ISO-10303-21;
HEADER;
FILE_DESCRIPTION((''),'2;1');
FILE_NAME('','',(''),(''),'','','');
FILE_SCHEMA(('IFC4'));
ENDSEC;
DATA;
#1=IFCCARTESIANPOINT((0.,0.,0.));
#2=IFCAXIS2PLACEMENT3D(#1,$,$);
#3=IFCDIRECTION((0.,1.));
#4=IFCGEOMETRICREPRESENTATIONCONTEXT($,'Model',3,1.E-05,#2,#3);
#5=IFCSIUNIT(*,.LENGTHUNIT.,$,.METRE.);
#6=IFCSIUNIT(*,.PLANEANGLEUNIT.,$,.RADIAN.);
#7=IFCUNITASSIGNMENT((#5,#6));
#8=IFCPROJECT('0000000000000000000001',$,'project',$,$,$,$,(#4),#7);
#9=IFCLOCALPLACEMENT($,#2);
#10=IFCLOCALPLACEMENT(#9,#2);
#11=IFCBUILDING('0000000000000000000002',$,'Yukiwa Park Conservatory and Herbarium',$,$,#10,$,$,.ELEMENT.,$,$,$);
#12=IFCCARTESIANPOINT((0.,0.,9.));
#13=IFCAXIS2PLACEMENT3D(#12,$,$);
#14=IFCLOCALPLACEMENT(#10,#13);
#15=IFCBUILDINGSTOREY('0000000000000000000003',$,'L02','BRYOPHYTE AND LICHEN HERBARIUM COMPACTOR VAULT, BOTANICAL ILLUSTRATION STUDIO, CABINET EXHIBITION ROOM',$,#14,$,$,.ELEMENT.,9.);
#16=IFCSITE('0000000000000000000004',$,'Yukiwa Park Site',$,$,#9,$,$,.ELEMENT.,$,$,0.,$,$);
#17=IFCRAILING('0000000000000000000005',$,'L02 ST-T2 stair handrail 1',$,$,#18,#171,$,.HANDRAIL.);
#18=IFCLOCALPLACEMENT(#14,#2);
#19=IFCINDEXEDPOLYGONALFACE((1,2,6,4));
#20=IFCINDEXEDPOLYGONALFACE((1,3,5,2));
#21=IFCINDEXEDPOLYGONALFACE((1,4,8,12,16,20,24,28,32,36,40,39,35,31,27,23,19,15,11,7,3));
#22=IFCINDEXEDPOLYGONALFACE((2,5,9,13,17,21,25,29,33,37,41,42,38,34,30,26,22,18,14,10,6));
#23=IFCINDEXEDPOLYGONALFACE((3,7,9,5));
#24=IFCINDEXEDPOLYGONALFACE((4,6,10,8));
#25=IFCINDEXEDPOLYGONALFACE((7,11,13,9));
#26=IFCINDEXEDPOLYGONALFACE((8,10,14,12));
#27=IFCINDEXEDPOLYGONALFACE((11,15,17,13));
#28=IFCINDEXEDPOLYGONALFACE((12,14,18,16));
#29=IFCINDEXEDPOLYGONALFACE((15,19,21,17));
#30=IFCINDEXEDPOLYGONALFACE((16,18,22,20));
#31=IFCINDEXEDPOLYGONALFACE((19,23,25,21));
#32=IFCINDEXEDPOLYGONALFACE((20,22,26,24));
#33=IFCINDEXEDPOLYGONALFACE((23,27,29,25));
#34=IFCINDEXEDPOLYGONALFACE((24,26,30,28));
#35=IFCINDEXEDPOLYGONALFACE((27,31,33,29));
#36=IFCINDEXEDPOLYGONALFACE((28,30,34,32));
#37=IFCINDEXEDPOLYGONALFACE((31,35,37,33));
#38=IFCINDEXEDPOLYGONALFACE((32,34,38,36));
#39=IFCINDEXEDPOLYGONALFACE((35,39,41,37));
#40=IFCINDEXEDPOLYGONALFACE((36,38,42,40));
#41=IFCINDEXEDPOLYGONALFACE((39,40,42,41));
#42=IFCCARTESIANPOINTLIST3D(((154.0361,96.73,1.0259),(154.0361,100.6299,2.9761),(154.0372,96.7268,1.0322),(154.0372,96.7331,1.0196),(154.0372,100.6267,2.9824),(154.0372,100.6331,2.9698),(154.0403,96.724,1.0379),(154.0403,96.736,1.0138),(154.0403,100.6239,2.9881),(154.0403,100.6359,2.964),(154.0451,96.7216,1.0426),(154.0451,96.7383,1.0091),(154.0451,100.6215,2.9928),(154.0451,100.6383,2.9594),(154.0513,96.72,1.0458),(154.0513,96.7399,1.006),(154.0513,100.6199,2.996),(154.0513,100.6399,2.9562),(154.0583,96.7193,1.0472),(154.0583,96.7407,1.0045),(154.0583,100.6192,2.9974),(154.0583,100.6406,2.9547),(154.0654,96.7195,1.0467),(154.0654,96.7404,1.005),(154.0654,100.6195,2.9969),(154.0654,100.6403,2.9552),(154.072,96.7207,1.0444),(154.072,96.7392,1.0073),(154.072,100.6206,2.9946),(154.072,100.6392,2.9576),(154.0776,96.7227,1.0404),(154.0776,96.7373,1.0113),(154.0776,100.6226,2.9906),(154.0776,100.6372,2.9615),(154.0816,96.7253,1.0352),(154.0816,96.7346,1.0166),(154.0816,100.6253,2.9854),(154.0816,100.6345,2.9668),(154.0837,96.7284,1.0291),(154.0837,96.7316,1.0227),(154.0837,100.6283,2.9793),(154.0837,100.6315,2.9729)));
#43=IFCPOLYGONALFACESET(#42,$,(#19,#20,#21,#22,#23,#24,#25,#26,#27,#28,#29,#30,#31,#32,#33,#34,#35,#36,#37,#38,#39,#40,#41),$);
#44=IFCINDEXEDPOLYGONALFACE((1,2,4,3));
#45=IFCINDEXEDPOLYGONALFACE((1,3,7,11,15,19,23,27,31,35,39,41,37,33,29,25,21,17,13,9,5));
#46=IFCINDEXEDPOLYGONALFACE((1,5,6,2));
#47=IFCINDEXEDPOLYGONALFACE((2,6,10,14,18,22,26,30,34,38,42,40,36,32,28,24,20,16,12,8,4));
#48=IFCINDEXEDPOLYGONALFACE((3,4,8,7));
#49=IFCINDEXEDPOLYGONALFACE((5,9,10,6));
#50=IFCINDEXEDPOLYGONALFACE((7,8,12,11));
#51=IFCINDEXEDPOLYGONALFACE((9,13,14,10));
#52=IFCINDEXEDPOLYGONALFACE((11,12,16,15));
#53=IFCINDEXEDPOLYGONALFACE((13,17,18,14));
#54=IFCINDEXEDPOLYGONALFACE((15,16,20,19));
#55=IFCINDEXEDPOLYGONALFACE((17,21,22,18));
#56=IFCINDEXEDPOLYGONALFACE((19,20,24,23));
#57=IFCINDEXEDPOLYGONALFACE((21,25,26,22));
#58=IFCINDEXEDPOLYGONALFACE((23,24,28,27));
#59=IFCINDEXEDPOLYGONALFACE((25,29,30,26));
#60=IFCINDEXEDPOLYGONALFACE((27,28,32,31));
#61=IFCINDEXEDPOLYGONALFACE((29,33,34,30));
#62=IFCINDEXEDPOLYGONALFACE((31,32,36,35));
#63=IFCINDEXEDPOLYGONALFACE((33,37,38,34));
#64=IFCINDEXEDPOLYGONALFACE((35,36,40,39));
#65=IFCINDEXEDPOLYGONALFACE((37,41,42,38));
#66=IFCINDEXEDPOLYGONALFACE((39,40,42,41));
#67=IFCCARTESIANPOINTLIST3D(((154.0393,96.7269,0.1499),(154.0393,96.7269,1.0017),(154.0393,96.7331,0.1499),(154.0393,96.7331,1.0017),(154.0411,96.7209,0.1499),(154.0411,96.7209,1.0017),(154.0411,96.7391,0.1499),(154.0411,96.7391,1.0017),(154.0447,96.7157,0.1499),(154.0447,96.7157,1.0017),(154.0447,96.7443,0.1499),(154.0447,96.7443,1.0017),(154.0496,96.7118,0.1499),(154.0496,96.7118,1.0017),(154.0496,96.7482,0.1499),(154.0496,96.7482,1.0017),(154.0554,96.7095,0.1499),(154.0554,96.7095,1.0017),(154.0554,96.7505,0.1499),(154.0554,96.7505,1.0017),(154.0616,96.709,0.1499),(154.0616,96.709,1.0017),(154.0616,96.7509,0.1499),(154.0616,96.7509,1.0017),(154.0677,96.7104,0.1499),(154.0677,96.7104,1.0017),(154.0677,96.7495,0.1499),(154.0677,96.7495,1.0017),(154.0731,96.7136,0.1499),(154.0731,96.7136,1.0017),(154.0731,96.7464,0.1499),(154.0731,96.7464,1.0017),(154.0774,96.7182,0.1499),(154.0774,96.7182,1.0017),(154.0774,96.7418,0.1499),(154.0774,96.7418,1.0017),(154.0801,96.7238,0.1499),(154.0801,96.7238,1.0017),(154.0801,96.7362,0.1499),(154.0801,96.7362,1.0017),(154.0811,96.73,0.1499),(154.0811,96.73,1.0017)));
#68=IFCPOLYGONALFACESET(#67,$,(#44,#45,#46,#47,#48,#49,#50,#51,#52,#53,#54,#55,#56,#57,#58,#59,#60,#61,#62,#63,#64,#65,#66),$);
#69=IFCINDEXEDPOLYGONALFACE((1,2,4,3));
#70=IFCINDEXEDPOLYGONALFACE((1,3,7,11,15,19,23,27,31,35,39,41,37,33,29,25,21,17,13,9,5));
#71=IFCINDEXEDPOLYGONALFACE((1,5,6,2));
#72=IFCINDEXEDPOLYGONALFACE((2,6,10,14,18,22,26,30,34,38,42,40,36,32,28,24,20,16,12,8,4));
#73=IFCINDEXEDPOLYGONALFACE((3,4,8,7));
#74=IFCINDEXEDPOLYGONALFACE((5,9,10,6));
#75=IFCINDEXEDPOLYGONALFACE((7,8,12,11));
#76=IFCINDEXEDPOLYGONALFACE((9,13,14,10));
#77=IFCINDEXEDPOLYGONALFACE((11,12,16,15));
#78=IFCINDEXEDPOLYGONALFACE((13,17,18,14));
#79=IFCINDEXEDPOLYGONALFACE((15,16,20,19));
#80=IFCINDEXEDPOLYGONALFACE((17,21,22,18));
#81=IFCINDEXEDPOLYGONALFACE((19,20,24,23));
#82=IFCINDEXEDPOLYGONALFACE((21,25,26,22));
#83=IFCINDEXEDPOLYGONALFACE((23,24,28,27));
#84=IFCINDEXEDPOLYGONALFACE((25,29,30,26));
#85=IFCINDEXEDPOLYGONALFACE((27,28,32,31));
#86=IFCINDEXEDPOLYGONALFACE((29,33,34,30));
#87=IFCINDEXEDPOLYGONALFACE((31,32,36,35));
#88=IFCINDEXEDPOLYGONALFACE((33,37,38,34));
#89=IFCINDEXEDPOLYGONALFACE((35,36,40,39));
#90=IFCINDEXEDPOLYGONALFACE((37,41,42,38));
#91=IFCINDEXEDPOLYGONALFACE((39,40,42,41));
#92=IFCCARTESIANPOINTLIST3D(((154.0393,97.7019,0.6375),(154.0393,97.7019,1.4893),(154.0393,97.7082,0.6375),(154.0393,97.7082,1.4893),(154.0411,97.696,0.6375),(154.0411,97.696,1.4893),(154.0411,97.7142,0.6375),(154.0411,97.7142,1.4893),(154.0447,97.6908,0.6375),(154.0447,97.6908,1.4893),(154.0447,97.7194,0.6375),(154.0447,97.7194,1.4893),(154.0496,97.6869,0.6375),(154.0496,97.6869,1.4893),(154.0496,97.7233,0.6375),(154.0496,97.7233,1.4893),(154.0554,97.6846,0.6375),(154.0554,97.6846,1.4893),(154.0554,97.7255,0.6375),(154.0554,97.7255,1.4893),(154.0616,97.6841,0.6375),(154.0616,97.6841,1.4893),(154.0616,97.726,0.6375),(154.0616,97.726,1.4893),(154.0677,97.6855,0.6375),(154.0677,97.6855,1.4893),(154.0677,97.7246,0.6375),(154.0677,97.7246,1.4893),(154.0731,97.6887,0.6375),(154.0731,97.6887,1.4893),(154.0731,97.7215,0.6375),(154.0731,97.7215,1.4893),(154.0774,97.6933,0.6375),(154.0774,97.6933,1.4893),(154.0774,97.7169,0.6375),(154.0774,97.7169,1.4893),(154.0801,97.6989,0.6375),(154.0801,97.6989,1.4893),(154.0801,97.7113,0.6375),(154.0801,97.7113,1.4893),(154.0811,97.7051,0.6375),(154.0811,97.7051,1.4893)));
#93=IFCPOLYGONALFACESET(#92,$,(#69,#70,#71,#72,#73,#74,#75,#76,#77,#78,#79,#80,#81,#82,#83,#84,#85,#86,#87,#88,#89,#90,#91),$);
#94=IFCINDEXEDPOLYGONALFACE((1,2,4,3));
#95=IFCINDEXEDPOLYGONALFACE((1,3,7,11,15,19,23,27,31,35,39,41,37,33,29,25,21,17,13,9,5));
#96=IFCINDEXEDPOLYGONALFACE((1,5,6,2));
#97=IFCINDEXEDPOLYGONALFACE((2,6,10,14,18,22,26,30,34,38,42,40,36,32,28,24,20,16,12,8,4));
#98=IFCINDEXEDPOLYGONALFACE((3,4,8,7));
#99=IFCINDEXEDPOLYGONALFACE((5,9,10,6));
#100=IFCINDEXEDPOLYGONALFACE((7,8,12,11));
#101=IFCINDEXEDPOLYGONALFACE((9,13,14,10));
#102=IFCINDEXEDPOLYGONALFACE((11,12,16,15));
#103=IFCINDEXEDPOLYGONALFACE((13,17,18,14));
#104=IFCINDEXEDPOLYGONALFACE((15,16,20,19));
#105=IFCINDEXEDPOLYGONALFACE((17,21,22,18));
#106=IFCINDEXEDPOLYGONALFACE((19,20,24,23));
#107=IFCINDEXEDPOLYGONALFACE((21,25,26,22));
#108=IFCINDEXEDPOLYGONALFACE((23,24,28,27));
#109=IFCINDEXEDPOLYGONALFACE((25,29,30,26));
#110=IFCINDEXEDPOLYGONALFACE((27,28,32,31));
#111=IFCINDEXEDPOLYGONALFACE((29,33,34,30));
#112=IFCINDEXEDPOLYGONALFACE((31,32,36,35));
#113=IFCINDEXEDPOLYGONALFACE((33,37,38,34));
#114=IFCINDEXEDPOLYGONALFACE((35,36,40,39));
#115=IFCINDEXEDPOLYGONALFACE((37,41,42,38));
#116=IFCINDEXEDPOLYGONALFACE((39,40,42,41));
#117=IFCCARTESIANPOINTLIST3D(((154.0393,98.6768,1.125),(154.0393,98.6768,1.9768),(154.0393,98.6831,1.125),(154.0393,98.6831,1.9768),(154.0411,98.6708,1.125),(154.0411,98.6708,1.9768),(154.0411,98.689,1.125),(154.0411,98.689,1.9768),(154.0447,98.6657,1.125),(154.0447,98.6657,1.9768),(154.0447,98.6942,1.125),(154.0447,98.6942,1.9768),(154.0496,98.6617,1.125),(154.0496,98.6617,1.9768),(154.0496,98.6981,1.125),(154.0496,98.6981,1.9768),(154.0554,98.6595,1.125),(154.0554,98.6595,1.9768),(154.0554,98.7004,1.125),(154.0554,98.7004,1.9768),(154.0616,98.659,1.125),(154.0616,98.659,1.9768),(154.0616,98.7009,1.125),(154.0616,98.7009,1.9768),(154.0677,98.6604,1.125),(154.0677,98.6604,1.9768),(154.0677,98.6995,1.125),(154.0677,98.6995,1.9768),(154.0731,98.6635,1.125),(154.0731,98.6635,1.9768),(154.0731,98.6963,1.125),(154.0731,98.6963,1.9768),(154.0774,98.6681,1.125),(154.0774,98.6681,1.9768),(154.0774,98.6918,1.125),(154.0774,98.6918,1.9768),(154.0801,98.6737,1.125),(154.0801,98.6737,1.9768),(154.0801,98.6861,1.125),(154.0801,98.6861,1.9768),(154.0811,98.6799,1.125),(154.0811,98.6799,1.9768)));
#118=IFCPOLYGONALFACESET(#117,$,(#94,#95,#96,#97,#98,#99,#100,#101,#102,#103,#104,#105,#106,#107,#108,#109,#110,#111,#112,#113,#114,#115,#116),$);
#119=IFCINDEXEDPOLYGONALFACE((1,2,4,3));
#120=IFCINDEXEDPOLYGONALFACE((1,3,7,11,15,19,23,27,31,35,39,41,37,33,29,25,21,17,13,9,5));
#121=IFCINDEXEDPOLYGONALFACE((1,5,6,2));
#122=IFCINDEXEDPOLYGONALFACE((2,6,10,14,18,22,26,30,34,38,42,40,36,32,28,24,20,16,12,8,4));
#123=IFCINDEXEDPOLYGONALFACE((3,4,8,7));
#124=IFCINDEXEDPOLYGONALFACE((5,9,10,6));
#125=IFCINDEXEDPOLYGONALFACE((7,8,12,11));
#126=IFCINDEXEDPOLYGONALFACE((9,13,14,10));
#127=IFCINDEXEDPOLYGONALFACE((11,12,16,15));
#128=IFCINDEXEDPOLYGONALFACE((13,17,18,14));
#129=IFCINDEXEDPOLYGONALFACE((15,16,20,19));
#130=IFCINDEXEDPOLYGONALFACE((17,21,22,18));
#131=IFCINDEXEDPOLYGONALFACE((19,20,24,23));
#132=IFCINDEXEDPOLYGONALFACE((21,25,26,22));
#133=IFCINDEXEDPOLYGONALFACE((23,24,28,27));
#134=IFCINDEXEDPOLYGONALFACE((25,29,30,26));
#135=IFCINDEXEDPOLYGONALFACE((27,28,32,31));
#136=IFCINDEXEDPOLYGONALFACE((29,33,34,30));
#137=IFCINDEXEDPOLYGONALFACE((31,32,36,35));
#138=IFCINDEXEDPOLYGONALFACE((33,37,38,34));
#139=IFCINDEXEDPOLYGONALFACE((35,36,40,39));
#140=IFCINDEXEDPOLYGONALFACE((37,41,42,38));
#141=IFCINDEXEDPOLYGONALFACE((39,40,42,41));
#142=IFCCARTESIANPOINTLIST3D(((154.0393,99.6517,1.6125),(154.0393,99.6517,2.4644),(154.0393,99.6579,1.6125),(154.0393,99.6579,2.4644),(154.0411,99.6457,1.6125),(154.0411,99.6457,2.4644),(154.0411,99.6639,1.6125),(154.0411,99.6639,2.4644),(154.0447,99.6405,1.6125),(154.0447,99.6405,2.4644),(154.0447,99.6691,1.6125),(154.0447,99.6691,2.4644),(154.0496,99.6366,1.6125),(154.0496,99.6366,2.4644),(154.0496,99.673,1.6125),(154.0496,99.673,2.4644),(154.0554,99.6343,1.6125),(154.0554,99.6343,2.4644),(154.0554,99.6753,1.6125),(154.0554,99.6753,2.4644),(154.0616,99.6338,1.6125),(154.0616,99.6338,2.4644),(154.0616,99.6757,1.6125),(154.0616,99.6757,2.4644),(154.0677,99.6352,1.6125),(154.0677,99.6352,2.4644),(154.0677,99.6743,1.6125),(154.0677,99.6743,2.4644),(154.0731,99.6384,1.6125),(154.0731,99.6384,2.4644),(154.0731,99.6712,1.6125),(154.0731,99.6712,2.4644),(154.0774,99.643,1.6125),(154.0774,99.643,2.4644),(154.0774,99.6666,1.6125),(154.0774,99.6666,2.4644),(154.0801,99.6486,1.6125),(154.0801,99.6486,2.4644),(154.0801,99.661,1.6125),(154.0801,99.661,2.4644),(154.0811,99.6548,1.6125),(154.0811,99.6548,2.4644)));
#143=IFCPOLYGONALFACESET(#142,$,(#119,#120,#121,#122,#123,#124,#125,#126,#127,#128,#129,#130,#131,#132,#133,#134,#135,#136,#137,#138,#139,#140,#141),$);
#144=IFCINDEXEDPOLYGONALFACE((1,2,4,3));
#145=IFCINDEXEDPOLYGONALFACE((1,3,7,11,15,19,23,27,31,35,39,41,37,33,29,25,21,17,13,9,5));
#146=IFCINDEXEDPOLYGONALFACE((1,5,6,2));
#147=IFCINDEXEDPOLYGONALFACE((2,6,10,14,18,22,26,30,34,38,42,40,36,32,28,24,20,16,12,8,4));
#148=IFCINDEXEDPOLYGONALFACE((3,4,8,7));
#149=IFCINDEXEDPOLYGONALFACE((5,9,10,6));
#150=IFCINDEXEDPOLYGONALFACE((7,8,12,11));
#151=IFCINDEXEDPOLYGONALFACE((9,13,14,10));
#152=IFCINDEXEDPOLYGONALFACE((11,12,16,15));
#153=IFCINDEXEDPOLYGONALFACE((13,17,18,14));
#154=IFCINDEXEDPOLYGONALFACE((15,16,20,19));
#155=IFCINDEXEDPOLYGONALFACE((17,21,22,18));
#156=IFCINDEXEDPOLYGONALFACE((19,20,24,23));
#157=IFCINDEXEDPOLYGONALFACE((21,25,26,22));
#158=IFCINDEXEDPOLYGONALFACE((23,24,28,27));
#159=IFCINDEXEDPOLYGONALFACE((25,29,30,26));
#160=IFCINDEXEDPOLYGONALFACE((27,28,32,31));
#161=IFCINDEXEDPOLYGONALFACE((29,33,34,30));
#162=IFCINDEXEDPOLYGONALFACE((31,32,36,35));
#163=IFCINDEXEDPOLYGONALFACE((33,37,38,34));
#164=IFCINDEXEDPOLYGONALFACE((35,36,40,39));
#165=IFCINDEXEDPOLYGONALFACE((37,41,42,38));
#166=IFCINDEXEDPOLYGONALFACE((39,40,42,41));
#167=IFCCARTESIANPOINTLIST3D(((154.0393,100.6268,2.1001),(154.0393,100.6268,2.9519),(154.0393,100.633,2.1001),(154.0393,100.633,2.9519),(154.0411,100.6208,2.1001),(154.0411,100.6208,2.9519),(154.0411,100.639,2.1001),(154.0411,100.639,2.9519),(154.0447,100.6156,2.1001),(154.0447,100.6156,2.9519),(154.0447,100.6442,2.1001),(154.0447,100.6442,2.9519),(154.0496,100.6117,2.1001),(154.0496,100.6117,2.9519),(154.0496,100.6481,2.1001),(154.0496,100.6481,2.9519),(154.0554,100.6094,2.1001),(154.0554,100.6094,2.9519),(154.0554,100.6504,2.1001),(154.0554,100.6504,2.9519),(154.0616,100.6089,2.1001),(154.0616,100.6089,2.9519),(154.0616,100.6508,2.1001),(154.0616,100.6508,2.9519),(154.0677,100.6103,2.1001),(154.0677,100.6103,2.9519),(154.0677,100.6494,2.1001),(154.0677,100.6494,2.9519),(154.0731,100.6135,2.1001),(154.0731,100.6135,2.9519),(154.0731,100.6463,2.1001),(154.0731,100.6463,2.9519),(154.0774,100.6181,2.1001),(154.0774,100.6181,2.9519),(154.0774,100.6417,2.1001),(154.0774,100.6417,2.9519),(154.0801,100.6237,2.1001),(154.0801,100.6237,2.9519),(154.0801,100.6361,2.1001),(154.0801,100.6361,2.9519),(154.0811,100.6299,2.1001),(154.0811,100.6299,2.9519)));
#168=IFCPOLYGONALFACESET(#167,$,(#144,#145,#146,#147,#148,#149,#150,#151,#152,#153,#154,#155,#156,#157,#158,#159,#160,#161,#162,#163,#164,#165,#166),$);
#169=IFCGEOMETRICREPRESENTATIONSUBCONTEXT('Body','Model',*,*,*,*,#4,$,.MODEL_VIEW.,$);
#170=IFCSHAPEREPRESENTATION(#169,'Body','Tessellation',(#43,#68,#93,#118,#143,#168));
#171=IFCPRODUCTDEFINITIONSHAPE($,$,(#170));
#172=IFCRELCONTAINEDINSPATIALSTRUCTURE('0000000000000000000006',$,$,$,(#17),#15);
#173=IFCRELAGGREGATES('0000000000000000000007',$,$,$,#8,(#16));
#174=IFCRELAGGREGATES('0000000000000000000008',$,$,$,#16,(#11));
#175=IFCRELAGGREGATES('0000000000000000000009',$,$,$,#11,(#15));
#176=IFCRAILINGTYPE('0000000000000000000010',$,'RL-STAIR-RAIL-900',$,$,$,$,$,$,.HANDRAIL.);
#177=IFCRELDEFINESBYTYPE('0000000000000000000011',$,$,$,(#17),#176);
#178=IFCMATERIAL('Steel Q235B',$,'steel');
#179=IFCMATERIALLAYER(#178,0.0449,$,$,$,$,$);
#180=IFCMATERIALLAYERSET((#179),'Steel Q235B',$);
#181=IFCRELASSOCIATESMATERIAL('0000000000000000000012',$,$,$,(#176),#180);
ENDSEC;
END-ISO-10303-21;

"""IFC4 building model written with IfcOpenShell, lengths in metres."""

from ifc_helpers import new_model, si_unit, direction, frame, origin, origin_2d, place, context, subcontext, project, spatial, circle, extrude, material, layer, layer_set, type_object, element, save


model = new_model("IFC4")

# Units and contexts
model_context = context("Model", 3, precision=1e-05, world=origin(), true_north=direction((0.0, 1.0)))
body_context = subcontext(model_context, "Body", "Model", "MODEL_VIEW")
ifc_project = project(units=[si_unit("LENGTHUNIT", "METRE"), si_unit("PLANEANGLEUNIT", "RADIAN")], contexts=[model_context])

# Site, building, storey
site_placement = place(None, origin())
site = spatial("IfcSite", under=ifc_project, at=site_placement, Name="Yukiwa Park Site", CompositionType="ELEMENT", RefElevation=0.0)
building_placement = place(site_placement, origin())
building = spatial("IfcBuilding", under=site, at=building_placement, Name="Yukiwa Park Conservatory and Herbarium", CompositionType="ELEMENT")
storey_placement = place(building_placement, frame((0.0, 0.0, 9.0)))
storey = spatial("IfcBuildingStorey", under=building, at=storey_placement, Name="L02", Description="BRYOPHYTE AND LICHEN HERBARIUM COMPACTOR VAULT, BOTANICAL ILLUSTRATION STUDIO, CABINET EXHIBITION ROOM", CompositionType="ELEMENT", Elevation=9.0)

# Railing
ifc_material_1 = material(Name="Steel Q235B", Category="steel")
ifc_layer_1 = layer(ifc_material_1, 0.0449)
ifc_layer_set_1 = layer_set([ifc_layer_1], Name="Steel Q235B")
railing_type_1 = type_object("IfcRailingType", Name="RL-STAIR-RAIL-900", PredefinedType="HANDRAIL", material=ifc_layer_set_1)
railing_1_placement = place(storey_placement, frame((154.0601, 96.73, 0.1499)))
element("IfcRailing", 1, at=railing_1_placement, inside=storey, type_object=railing_type_1, Name="L02 ST-T2 stair handrail 1", PredefinedType="HANDRAIL", context=body_context, shape_type="SweptSolid", body=[
    extrude(circle(Radius=0.0239, at=origin_2d()), frame((0.0, 0.0, 0.876), z_axis=(0.0, 0.894405, 0.447258), x_axis=(-1.0, 0.0, 0.0)), (0.0, 0.0, 1.0), 4.3604),
    extrude(circle(Radius=0.021, at=origin_2d()), origin(), (0.0, 0.0, 1.0), 0.8518),
    extrude(circle(Radius=0.021, at=origin_2d()), frame((0.0, 0.9751, 0.4875)), (0.0, 0.0, 1.0), 0.8518),
    extrude(circle(Radius=0.021, at=origin_2d()), frame((0.0, 1.95, 0.9751)), (0.0, 0.0, 1.0), 0.8518),
    extrude(circle(Radius=0.021, at=origin_2d()), frame((0.0, 2.9248, 1.4626)), (0.0, 0.0, 1.0), 0.8518),
    extrude(circle(Radius=0.021, at=origin_2d()), frame((0.0, 3.8999, 1.9502)), (0.0, 0.0, 1.0), 0.8518),
])

save(model, "model.ifc")
